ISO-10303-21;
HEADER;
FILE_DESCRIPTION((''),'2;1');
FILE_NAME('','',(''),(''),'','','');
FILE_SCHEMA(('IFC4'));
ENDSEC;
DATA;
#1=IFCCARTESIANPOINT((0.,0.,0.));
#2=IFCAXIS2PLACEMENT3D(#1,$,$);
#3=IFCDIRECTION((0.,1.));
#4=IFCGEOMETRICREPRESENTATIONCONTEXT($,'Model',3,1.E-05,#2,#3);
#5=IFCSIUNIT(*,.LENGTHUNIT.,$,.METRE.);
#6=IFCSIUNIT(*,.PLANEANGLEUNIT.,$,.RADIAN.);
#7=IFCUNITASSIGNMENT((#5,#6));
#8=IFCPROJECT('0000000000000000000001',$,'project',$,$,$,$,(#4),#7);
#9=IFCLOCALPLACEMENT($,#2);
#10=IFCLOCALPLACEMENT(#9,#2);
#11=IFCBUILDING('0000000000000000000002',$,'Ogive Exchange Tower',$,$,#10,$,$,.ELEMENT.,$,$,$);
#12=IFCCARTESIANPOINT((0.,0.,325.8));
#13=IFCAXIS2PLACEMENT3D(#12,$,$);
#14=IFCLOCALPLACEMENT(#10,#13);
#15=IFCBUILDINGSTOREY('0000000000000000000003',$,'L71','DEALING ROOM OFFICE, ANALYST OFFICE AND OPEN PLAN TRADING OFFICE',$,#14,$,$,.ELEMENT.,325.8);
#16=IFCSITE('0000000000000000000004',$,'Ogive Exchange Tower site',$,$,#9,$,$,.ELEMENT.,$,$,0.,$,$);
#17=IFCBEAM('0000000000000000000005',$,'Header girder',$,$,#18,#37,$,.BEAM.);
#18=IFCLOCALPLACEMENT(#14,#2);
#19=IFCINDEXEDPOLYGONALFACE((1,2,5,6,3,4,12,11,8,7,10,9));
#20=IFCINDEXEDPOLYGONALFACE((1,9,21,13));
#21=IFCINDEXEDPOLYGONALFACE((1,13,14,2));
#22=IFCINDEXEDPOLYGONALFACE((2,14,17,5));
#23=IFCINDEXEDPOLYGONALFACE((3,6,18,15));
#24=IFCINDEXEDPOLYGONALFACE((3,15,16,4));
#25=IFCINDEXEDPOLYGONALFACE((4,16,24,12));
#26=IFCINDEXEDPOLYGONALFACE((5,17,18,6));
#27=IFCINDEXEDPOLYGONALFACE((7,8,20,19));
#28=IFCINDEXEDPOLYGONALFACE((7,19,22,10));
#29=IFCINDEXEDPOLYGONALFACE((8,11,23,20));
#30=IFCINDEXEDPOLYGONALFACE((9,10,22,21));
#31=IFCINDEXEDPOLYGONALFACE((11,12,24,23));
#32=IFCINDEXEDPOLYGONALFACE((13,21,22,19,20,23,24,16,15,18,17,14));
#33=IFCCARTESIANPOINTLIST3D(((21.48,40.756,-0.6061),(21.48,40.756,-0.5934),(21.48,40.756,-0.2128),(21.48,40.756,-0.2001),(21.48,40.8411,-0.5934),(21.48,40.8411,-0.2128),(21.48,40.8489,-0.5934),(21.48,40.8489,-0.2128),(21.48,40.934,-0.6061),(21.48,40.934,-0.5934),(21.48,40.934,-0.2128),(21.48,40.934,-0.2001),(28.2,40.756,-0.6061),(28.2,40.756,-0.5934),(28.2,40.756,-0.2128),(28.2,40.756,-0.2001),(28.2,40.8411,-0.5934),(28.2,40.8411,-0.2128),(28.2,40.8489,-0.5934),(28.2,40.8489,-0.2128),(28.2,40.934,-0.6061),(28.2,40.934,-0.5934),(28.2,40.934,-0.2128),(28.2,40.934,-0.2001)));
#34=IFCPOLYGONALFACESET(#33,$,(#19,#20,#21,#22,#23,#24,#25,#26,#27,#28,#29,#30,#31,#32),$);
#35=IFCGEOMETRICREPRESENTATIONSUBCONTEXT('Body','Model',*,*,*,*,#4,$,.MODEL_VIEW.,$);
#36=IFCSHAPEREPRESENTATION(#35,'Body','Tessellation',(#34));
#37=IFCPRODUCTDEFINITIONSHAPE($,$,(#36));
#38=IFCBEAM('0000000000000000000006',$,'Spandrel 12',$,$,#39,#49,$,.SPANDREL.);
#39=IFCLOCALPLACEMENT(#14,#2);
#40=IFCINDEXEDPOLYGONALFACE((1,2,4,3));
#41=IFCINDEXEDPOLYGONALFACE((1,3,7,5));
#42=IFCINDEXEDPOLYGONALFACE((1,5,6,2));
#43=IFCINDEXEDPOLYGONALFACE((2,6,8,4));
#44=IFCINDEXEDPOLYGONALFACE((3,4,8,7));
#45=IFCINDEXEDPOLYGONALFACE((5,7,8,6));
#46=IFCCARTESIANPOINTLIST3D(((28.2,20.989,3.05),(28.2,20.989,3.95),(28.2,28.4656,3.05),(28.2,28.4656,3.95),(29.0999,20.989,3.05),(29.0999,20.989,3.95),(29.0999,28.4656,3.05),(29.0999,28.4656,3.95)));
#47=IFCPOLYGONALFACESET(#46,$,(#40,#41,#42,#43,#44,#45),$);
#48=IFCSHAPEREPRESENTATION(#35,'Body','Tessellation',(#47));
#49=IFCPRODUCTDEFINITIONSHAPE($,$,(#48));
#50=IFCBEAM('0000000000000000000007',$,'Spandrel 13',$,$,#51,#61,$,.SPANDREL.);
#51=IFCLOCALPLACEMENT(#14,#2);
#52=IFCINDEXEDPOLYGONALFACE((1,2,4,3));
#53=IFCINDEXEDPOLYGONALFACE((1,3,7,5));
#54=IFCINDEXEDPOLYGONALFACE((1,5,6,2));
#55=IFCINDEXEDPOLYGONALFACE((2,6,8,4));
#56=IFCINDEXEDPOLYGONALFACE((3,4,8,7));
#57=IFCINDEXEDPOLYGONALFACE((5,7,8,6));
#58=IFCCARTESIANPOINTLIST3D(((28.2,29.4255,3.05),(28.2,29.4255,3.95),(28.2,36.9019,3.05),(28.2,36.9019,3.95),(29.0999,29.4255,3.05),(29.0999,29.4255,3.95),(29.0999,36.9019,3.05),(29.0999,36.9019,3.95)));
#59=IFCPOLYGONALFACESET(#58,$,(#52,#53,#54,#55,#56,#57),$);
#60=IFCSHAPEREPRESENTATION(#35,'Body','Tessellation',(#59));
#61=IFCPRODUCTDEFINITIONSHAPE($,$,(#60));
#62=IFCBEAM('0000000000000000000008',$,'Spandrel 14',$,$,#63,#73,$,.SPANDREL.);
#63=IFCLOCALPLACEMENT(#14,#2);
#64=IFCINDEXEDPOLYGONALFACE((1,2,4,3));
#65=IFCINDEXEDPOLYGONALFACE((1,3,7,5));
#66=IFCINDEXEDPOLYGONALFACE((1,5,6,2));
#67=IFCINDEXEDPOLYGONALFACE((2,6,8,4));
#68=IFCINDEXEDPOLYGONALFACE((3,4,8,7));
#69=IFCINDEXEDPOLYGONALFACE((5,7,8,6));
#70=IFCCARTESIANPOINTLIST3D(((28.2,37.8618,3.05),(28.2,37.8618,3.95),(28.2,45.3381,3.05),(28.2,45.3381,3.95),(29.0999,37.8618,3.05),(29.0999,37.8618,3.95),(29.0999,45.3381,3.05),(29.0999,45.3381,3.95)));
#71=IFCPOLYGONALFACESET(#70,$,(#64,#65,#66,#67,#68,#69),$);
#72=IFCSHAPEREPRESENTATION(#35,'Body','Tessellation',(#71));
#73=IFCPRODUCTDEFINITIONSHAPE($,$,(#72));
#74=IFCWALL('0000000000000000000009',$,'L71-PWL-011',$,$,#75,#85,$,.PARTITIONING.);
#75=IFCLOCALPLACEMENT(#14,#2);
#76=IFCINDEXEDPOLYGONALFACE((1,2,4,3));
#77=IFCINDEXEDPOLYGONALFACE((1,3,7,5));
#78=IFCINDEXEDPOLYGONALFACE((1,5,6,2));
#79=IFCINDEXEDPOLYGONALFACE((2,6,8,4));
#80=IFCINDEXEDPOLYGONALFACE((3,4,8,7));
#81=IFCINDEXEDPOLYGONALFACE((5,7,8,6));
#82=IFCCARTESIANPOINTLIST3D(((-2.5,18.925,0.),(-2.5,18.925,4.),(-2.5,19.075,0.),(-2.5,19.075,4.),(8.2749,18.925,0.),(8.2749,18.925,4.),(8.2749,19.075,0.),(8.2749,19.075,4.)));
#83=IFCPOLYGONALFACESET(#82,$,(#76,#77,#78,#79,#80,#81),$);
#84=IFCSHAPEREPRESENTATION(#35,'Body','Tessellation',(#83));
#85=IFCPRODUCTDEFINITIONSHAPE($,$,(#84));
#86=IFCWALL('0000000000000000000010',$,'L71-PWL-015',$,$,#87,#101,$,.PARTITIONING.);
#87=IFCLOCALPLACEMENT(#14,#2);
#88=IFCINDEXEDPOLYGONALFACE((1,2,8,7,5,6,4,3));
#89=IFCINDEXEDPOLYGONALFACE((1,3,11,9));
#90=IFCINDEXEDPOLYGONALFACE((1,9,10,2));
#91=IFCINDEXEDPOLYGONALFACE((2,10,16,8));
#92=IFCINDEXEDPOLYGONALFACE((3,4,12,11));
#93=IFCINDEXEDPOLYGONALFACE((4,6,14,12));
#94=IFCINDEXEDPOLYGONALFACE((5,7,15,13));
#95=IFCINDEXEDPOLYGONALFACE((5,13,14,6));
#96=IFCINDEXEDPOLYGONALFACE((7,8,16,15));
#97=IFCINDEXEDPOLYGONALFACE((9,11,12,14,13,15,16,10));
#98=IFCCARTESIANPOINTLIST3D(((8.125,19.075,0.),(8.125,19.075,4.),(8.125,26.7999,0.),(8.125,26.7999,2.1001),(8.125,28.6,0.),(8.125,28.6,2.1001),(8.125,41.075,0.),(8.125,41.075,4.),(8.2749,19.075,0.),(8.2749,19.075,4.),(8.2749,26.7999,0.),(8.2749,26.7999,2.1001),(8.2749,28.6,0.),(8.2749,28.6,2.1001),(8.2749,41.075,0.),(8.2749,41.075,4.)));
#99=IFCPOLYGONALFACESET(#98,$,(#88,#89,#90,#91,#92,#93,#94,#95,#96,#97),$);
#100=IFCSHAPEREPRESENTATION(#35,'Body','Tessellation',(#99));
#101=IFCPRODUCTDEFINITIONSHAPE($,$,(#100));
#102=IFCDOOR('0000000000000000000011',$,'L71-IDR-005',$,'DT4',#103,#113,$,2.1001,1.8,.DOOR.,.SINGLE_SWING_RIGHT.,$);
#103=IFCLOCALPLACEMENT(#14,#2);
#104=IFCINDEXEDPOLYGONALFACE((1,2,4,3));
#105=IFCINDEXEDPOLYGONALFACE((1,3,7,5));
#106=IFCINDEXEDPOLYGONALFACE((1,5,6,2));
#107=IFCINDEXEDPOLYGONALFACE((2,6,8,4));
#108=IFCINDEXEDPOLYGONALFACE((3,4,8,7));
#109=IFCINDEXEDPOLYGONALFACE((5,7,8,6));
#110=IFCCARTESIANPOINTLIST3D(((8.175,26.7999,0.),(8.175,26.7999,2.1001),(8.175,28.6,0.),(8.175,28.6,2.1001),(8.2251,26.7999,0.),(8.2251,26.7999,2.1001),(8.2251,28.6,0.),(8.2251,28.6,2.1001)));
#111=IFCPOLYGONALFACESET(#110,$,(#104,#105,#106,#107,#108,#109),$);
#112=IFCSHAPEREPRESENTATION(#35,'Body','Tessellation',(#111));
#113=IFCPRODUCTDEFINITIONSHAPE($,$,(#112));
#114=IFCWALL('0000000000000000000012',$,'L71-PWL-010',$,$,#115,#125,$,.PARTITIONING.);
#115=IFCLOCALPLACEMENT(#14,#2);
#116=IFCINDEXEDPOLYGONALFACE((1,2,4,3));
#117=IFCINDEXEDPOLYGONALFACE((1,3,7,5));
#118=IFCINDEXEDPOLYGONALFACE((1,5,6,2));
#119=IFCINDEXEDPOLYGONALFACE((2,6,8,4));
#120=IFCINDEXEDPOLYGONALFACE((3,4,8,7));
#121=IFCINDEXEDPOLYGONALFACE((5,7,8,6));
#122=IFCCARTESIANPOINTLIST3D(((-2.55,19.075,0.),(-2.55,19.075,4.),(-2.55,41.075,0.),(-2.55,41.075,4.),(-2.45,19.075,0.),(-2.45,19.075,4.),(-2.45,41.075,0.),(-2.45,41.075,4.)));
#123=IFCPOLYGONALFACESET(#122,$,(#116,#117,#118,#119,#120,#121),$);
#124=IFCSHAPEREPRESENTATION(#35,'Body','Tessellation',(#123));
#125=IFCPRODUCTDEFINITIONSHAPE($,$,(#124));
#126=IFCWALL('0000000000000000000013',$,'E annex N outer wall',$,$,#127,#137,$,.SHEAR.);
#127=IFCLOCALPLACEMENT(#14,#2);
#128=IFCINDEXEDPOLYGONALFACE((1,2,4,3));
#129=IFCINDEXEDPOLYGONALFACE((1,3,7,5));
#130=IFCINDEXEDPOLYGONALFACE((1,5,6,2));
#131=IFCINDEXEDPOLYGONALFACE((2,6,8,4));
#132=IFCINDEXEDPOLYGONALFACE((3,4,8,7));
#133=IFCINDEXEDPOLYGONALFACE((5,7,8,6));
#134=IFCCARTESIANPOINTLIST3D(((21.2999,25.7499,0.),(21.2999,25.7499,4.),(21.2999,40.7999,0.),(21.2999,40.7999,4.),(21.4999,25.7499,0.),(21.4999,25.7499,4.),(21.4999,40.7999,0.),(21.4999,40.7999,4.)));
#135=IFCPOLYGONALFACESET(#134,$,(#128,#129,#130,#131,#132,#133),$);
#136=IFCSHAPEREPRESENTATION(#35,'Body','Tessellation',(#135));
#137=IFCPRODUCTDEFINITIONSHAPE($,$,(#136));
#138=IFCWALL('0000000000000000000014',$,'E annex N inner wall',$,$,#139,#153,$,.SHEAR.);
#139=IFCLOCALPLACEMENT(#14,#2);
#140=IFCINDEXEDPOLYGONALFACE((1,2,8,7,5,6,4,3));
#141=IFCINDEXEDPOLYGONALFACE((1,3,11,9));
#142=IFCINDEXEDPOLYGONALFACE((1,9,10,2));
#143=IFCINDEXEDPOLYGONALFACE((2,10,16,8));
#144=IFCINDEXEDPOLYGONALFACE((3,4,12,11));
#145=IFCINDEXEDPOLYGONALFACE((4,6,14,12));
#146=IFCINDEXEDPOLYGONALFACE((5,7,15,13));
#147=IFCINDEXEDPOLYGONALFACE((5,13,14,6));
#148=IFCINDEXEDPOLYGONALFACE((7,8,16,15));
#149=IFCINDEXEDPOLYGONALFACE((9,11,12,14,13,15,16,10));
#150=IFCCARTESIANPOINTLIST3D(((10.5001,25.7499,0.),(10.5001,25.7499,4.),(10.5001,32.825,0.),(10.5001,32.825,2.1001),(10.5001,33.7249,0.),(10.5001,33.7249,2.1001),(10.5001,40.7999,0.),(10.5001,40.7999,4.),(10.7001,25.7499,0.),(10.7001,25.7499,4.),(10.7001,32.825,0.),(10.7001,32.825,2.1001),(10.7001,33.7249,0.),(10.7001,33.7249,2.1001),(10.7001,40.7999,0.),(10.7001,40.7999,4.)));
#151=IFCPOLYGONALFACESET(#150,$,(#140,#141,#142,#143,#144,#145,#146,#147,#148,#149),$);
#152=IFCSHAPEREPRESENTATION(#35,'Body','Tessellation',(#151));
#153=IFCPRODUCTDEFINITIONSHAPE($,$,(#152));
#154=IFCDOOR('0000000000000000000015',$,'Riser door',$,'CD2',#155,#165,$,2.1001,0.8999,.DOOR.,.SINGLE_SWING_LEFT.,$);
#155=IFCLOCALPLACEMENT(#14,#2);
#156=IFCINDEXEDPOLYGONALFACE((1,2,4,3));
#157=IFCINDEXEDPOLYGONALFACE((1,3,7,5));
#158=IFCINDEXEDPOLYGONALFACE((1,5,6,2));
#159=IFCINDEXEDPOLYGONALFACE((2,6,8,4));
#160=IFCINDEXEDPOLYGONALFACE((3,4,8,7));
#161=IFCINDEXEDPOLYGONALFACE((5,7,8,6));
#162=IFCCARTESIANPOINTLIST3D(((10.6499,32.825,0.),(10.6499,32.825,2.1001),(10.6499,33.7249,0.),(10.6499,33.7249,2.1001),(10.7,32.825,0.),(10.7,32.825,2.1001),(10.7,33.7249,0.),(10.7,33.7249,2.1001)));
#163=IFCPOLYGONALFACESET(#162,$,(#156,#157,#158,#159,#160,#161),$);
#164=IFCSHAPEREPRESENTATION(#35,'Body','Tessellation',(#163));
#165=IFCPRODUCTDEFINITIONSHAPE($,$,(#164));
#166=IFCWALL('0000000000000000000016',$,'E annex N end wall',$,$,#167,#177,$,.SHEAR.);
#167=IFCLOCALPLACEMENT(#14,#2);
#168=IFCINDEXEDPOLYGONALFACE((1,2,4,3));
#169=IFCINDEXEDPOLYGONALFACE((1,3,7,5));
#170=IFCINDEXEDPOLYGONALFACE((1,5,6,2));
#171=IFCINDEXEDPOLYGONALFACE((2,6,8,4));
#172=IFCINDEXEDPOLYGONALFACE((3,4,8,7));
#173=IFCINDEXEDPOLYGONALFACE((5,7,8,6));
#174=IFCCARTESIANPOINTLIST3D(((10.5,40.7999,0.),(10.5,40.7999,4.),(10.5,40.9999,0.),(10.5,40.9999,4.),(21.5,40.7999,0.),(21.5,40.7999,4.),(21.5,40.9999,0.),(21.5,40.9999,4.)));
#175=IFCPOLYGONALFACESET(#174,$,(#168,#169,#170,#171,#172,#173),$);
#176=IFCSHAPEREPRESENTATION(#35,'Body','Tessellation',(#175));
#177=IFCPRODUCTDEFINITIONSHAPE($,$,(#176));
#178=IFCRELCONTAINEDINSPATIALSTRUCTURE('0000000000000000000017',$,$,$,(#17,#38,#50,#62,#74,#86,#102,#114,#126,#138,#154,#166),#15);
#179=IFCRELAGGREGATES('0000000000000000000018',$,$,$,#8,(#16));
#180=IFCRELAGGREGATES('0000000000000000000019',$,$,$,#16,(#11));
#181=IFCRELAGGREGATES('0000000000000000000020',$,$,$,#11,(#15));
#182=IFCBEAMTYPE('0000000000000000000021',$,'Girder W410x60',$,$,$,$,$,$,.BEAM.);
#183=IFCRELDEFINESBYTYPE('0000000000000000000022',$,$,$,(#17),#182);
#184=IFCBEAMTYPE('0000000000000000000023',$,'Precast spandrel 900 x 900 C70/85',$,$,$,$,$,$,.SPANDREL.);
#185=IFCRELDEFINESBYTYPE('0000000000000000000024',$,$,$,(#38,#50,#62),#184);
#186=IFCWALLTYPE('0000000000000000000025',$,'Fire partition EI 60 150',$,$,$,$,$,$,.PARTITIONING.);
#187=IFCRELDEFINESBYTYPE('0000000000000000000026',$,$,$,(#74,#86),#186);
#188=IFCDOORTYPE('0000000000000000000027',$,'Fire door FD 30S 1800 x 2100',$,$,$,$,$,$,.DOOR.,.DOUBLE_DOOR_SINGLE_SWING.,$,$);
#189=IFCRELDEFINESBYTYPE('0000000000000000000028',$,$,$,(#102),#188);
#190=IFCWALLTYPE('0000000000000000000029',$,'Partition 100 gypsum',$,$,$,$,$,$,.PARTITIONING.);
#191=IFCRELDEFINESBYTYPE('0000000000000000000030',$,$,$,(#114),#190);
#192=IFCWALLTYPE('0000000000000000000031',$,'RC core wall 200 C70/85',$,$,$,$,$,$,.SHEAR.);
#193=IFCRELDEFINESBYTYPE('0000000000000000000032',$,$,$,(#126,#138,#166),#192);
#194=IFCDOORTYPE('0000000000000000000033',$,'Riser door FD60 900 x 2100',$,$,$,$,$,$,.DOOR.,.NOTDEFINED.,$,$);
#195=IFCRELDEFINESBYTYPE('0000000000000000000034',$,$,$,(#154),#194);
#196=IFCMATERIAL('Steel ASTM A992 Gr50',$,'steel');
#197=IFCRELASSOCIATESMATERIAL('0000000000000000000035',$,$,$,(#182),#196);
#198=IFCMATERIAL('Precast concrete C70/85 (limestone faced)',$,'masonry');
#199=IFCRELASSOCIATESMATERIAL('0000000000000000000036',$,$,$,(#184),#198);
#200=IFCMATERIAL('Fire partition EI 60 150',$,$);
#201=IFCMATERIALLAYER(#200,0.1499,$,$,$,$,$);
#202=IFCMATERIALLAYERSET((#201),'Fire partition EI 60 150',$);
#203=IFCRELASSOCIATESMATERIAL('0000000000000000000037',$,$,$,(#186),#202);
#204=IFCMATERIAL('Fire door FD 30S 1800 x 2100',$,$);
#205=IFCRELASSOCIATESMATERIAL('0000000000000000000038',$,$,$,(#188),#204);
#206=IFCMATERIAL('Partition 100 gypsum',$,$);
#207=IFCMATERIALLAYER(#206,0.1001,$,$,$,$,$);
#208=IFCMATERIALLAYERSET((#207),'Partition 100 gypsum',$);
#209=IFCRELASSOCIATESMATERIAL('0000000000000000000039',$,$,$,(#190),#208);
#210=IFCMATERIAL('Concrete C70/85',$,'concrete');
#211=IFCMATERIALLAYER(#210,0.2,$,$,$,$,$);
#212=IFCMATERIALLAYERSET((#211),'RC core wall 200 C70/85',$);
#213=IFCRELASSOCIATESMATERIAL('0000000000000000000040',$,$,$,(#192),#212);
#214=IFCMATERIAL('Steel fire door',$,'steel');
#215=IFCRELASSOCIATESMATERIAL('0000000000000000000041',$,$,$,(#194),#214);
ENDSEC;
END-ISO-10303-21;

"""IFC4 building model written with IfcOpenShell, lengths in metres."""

from ifc_helpers import new_model, si_unit, direction, frame, frame_2d, origin, origin_2d, place, context, subcontext, project, spatial, rectangle, i_section, extrude, material, layer, layer_set, material_profile, profile_set, type_object, element, fill, save


model = new_model("IFC4")

# Units and contexts
model_context = context("Model", 3, precision=1e-05, world=origin(), true_north=direction((0.0, 1.0)))
body_context = subcontext(model_context, "Body", "Model", "MODEL_VIEW")
ifc_project = project(units=[si_unit("LENGTHUNIT", "METRE"), si_unit("PLANEANGLEUNIT", "RADIAN")], contexts=[model_context])

# Site, building, storey
site_placement = place(None, origin())
site = spatial("IfcSite", under=ifc_project, at=site_placement, Name="Ogive Exchange Tower site", CompositionType="ELEMENT", RefElevation=0.0)
building_placement = place(site_placement, origin())
building = spatial("IfcBuilding", under=site, at=building_placement, Name="Ogive Exchange Tower", CompositionType="ELEMENT")
storey_placement = place(building_placement, frame((0.0, 0.0, 325.8)))
storey = spatial("IfcBuildingStorey", under=building, at=storey_placement, Name="L71", Description="DEALING ROOM OFFICE, ANALYST OFFICE AND OPEN PLAN TRADING OFFICE", CompositionType="ELEMENT", Elevation=325.8)

# Shared definitions
ifc_material_1 = material(Name="Precast concrete C70/85 (limestone faced)", Category="masonry")

# Beams
ifc_material_2 = material(Name="Steel ASTM A992 Gr50", Category="steel")
ifc_material_profile_1 = material_profile(ifc_material_2, i_section(OverallWidth=0.178, OverallDepth=0.406, WebThickness=0.0078, FlangeThickness=0.0127, at=origin_2d()), Name="W410x60")
ifc_profile_set_1 = profile_set([ifc_material_profile_1], Name="Steel ASTM A992 Gr50")
beam_type_1 = type_object("IfcBeamType", Name="Girder W410x60", PredefinedType="BEAM", material=ifc_profile_set_1)
beam_1_placement = place(storey_placement, frame((21.48, 40.845, -0.4031), z_axis=(1.0, 0.0, 0.0), x_axis=(0.0, 1.0, 0.0)))
element("IfcBeam", 1, at=beam_1_placement, inside=storey, type_object=beam_type_1, Name="Header girder", PredefinedType="BEAM", context=body_context, shape_type="SweptSolid", body=[
    extrude(i_section(OverallWidth=0.178, OverallDepth=0.406, WebThickness=0.0078, FlangeThickness=0.0127, at=origin_2d()), origin(), (0.0, 0.0, 1.0), 6.72),
])
ifc_material_profile_2 = material_profile(ifc_material_1, rectangle(XDim=0.8999, YDim=0.8999, at=origin_2d()), Name="900 x 900")
ifc_profile_set_2 = profile_set([ifc_material_profile_2], Name="Precast concrete C70/85 (limestone faced)")
beam_type_2 = type_object("IfcBeamType", Name="Precast spandrel 900 x 900 C70/85", PredefinedType="SPANDREL", material=ifc_profile_set_2)
beam_2_placement = place(storey_placement, frame((28.6499, 20.989, 3.5), z_axis=(0.0, 1.0, 0.0), x_axis=(-1.0, 0.0, 0.0)))
element("IfcBeam", 2, at=beam_2_placement, inside=storey, type_object=beam_type_2, Name="Spandrel 12", PredefinedType="SPANDREL", context=body_context, shape_type="SweptSolid", body=[
    extrude(rectangle(XDim=0.8999, YDim=0.8999, at=origin_2d()), origin(), (0.0, 0.0, 1.0), 7.4766),
])
for number, where, z_axis, x_axis, name in (
    (3, (28.6499, 29.4255, 3.5), (0.0, 1.0, 0.0), (-1.0, 0.0, 0.0), "Spandrel 13"),
    (4, (28.6499, 37.8618, 3.5), (0.0, 1.0, 0.0), (-1.0, 0.0, 0.0), "Spandrel 14"),
):
    element("IfcBeam", number, at=place(storey_placement, frame(where, z_axis=z_axis, x_axis=x_axis)), inside=storey, type_object=beam_type_2, Name=name, PredefinedType="SPANDREL", context=body_context, shape_type="SweptSolid", body=[
        extrude(rectangle(XDim=0.8999, YDim=0.8999, at=origin_2d()), origin(), (0.0, 0.0, 1.0), 7.4763),
    ])

# Wall
ifc_material_3 = material(Name="Fire partition EI 60 150")
ifc_layer_1 = layer(ifc_material_3, 0.1499)
ifc_layer_set_1 = layer_set([ifc_layer_1], Name="Fire partition EI 60 150")
wall_type_1 = type_object("IfcWallType", Name="Fire partition EI 60 150", PredefinedType="PARTITIONING", material=ifc_layer_set_1)
wall_1_placement = place(storey_placement, frame((-2.5, 19.0, 0.0), z_axis=(0.0, 0.0, 1.0), x_axis=(1.0, 0.0, 0.0)))
element("IfcWall", 5, at=wall_1_placement, inside=storey, type_object=wall_type_1, Name="L71-PWL-011", PredefinedType="PARTITIONING", context=body_context, shape_type="SweptSolid", body=[
    extrude(rectangle(XDim=10.7749, YDim=0.1499, at=frame_2d((5.3875, 0.0))), origin(), (0.0, 0.0, 1.0), 4.0),
])

# Wall, opening, door
wall_2_placement = place(storey_placement, frame((8.2, 19.075, 0.0), z_axis=(0.0, 0.0, 1.0), x_axis=(0.0, 1.0, 0.0)))
wall_2 = element("IfcWall", 6, at=wall_2_placement, inside=storey, type_object=wall_type_1, Name="L71-PWL-015", PredefinedType="PARTITIONING", context=body_context, shape_type="SweptSolid", body=[
    extrude(rectangle(XDim=22.0, YDim=0.1499, at=frame_2d((11.0, 0.0))), origin(), (0.0, 0.0, 1.0), 4.0),
])
opening_1_placement = place(wall_2_placement, frame((7.7251, 0.0, 0.0)))
opening_1 = element("IfcOpeningElement", 7, at=opening_1_placement, cuts=wall_2, PredefinedType="OPENING", context=body_context, shape_type="SweptSolid", body=[
    extrude(rectangle(XDim=1.8, YDim=2.1001, at=frame_2d((0.8999, 1.05))), frame((0.0, 0.085, 0.0), z_axis=(0.0, -1.0, 0.0), x_axis=(1.0, 0.0, 0.0)), (0.0, 0.0, 1.0), 0.1699),
])
ifc_material_4 = material(Name="Fire door FD 30S 1800 x 2100")
door_type_1 = type_object("IfcDoorType", Name="Fire door FD 30S 1800 x 2100", OperationType="DOUBLE_DOOR_SINGLE_SWING", PredefinedType="DOOR", material=ifc_material_4)
door_1_placement = place(opening_1_placement, origin())
door_1 = element("IfcDoor", 8, at=door_1_placement, inside=storey, type_object=door_type_1, Name="L71-IDR-005", ObjectType="DT4", OperationType="SINGLE_SWING_RIGHT", OverallHeight=2.1001, OverallWidth=1.8, PredefinedType="DOOR", context=body_context, shape_type="SweptSolid", body=[
    extrude(rectangle(XDim=1.8, YDim=2.1001, at=frame_2d((0.8999, 1.05))), frame((0.0, 0.0249, 0.0), z_axis=(0.0, -1.0, 0.0), x_axis=(1.0, 0.0, 0.0)), (0.0, 0.0, 1.0), 0.05),
])
fill(opening_1, door_1)

# Walls
ifc_material_5 = material(Name="Partition 100 gypsum")
ifc_layer_2 = layer(ifc_material_5, 0.1001)
ifc_layer_set_2 = layer_set([ifc_layer_2], Name="Partition 100 gypsum")
wall_type_2 = type_object("IfcWallType", Name="Partition 100 gypsum", PredefinedType="PARTITIONING", material=ifc_layer_set_2)
wall_3_placement = place(storey_placement, frame((-2.5, 19.075, 0.0), z_axis=(0.0, 0.0, 1.0), x_axis=(0.0, 1.0, 0.0)))
element("IfcWall", 9, at=wall_3_placement, inside=storey, type_object=wall_type_2, Name="L71-PWL-010", PredefinedType="PARTITIONING", context=body_context, shape_type="SweptSolid", body=[
    extrude(rectangle(XDim=22.0, YDim=0.1001, at=frame_2d((11.0, 0.0))), origin(), (0.0, 0.0, 1.0), 4.0),
])
ifc_material_6 = material(Name="Concrete C70/85", Category="concrete")
ifc_layer_3 = layer(ifc_material_6, 0.2)
ifc_layer_set_3 = layer_set([ifc_layer_3], Name="RC core wall 200 C70/85")
wall_type_3 = type_object("IfcWallType", Name="RC core wall 200 C70/85", PredefinedType="SHEAR", material=ifc_layer_set_3)
wall_4_placement = place(storey_placement, frame((21.3999, 25.75, 0.0), z_axis=(0.0, 0.0, 1.0), x_axis=(0.0, 1.0, 0.0)))
element("IfcWall", 10, at=wall_4_placement, inside=storey, type_object=wall_type_3, Name="E annex N outer wall", PredefinedType="SHEAR", context=body_context, shape_type="SweptSolid", body=[
    extrude(rectangle(XDim=15.05, YDim=0.2, at=frame_2d((7.5249, 0.0))), origin(), (0.0, 0.0, 1.0), 4.0),
])

# Wall, opening, door
wall_5_placement = place(storey_placement, frame((10.6001, 25.75, 0.0), z_axis=(0.0, 0.0, 1.0), x_axis=(0.0, 1.0, 0.0)))
wall_5 = element("IfcWall", 11, at=wall_5_placement, inside=storey, type_object=wall_type_3, Name="E annex N inner wall", PredefinedType="SHEAR", context=body_context, shape_type="SweptSolid", body=[
    extrude(rectangle(XDim=15.05, YDim=0.2, at=frame_2d((7.5249, 0.0))), origin(), (0.0, 0.0, 1.0), 4.0),
])
opening_2_placement = place(wall_5_placement, frame((7.075, 0.0, 0.0)))
opening_2 = element("IfcOpeningElement", 12, at=opening_2_placement, cuts=wall_5, PredefinedType="OPENING", context=body_context, shape_type="SweptSolid", body=[
    extrude(rectangle(XDim=0.8999, YDim=2.1001, at=frame_2d((0.45, 1.05))), frame((0.0, 0.1099, 0.0), z_axis=(0.0, -1.0, 0.0), x_axis=(1.0, 0.0, 0.0)), (0.0, 0.0, 1.0), 0.22),
])
ifc_material_7 = material(Name="Steel fire door", Category="steel")
door_type_2 = type_object("IfcDoorType", Name="Riser door FD60 900 x 2100", OperationType="NOTDEFINED", PredefinedType="DOOR", material=ifc_material_7)
door_2_placement = place(opening_2_placement, origin())
door_2 = element("IfcDoor", 13, at=door_2_placement, inside=storey, type_object=door_type_2, Name="Riser door", ObjectType="CD2", OperationType="SINGLE_SWING_LEFT", OverallHeight=2.1001, OverallWidth=0.8999, PredefinedType="DOOR", context=body_context, shape_type="SweptSolid", body=[
    extrude(rectangle(XDim=0.8999, YDim=2.1001, at=frame_2d((0.45, 1.05))), frame((0.0, -0.0498, 0.0), z_axis=(0.0, -1.0, 0.0), x_axis=(1.0, 0.0, 0.0)), (0.0, 0.0, 1.0), 0.05),
])
fill(opening_2, door_2)

# Wall
wall_6_placement = place(storey_placement, frame((10.5, 40.8999, 0.0), z_axis=(0.0, 0.0, 1.0), x_axis=(1.0, 0.0, 0.0)))
element("IfcWall", 14, at=wall_6_placement, inside=storey, type_object=wall_type_3, Name="E annex N end wall", PredefinedType="SHEAR", context=body_context, shape_type="SweptSolid", body=[
    extrude(rectangle(XDim=11.0, YDim=0.2, at=frame_2d((5.5, 0.0))), origin(), (0.0, 0.0, 1.0), 4.0),
])

save(model, "model.ifc")
